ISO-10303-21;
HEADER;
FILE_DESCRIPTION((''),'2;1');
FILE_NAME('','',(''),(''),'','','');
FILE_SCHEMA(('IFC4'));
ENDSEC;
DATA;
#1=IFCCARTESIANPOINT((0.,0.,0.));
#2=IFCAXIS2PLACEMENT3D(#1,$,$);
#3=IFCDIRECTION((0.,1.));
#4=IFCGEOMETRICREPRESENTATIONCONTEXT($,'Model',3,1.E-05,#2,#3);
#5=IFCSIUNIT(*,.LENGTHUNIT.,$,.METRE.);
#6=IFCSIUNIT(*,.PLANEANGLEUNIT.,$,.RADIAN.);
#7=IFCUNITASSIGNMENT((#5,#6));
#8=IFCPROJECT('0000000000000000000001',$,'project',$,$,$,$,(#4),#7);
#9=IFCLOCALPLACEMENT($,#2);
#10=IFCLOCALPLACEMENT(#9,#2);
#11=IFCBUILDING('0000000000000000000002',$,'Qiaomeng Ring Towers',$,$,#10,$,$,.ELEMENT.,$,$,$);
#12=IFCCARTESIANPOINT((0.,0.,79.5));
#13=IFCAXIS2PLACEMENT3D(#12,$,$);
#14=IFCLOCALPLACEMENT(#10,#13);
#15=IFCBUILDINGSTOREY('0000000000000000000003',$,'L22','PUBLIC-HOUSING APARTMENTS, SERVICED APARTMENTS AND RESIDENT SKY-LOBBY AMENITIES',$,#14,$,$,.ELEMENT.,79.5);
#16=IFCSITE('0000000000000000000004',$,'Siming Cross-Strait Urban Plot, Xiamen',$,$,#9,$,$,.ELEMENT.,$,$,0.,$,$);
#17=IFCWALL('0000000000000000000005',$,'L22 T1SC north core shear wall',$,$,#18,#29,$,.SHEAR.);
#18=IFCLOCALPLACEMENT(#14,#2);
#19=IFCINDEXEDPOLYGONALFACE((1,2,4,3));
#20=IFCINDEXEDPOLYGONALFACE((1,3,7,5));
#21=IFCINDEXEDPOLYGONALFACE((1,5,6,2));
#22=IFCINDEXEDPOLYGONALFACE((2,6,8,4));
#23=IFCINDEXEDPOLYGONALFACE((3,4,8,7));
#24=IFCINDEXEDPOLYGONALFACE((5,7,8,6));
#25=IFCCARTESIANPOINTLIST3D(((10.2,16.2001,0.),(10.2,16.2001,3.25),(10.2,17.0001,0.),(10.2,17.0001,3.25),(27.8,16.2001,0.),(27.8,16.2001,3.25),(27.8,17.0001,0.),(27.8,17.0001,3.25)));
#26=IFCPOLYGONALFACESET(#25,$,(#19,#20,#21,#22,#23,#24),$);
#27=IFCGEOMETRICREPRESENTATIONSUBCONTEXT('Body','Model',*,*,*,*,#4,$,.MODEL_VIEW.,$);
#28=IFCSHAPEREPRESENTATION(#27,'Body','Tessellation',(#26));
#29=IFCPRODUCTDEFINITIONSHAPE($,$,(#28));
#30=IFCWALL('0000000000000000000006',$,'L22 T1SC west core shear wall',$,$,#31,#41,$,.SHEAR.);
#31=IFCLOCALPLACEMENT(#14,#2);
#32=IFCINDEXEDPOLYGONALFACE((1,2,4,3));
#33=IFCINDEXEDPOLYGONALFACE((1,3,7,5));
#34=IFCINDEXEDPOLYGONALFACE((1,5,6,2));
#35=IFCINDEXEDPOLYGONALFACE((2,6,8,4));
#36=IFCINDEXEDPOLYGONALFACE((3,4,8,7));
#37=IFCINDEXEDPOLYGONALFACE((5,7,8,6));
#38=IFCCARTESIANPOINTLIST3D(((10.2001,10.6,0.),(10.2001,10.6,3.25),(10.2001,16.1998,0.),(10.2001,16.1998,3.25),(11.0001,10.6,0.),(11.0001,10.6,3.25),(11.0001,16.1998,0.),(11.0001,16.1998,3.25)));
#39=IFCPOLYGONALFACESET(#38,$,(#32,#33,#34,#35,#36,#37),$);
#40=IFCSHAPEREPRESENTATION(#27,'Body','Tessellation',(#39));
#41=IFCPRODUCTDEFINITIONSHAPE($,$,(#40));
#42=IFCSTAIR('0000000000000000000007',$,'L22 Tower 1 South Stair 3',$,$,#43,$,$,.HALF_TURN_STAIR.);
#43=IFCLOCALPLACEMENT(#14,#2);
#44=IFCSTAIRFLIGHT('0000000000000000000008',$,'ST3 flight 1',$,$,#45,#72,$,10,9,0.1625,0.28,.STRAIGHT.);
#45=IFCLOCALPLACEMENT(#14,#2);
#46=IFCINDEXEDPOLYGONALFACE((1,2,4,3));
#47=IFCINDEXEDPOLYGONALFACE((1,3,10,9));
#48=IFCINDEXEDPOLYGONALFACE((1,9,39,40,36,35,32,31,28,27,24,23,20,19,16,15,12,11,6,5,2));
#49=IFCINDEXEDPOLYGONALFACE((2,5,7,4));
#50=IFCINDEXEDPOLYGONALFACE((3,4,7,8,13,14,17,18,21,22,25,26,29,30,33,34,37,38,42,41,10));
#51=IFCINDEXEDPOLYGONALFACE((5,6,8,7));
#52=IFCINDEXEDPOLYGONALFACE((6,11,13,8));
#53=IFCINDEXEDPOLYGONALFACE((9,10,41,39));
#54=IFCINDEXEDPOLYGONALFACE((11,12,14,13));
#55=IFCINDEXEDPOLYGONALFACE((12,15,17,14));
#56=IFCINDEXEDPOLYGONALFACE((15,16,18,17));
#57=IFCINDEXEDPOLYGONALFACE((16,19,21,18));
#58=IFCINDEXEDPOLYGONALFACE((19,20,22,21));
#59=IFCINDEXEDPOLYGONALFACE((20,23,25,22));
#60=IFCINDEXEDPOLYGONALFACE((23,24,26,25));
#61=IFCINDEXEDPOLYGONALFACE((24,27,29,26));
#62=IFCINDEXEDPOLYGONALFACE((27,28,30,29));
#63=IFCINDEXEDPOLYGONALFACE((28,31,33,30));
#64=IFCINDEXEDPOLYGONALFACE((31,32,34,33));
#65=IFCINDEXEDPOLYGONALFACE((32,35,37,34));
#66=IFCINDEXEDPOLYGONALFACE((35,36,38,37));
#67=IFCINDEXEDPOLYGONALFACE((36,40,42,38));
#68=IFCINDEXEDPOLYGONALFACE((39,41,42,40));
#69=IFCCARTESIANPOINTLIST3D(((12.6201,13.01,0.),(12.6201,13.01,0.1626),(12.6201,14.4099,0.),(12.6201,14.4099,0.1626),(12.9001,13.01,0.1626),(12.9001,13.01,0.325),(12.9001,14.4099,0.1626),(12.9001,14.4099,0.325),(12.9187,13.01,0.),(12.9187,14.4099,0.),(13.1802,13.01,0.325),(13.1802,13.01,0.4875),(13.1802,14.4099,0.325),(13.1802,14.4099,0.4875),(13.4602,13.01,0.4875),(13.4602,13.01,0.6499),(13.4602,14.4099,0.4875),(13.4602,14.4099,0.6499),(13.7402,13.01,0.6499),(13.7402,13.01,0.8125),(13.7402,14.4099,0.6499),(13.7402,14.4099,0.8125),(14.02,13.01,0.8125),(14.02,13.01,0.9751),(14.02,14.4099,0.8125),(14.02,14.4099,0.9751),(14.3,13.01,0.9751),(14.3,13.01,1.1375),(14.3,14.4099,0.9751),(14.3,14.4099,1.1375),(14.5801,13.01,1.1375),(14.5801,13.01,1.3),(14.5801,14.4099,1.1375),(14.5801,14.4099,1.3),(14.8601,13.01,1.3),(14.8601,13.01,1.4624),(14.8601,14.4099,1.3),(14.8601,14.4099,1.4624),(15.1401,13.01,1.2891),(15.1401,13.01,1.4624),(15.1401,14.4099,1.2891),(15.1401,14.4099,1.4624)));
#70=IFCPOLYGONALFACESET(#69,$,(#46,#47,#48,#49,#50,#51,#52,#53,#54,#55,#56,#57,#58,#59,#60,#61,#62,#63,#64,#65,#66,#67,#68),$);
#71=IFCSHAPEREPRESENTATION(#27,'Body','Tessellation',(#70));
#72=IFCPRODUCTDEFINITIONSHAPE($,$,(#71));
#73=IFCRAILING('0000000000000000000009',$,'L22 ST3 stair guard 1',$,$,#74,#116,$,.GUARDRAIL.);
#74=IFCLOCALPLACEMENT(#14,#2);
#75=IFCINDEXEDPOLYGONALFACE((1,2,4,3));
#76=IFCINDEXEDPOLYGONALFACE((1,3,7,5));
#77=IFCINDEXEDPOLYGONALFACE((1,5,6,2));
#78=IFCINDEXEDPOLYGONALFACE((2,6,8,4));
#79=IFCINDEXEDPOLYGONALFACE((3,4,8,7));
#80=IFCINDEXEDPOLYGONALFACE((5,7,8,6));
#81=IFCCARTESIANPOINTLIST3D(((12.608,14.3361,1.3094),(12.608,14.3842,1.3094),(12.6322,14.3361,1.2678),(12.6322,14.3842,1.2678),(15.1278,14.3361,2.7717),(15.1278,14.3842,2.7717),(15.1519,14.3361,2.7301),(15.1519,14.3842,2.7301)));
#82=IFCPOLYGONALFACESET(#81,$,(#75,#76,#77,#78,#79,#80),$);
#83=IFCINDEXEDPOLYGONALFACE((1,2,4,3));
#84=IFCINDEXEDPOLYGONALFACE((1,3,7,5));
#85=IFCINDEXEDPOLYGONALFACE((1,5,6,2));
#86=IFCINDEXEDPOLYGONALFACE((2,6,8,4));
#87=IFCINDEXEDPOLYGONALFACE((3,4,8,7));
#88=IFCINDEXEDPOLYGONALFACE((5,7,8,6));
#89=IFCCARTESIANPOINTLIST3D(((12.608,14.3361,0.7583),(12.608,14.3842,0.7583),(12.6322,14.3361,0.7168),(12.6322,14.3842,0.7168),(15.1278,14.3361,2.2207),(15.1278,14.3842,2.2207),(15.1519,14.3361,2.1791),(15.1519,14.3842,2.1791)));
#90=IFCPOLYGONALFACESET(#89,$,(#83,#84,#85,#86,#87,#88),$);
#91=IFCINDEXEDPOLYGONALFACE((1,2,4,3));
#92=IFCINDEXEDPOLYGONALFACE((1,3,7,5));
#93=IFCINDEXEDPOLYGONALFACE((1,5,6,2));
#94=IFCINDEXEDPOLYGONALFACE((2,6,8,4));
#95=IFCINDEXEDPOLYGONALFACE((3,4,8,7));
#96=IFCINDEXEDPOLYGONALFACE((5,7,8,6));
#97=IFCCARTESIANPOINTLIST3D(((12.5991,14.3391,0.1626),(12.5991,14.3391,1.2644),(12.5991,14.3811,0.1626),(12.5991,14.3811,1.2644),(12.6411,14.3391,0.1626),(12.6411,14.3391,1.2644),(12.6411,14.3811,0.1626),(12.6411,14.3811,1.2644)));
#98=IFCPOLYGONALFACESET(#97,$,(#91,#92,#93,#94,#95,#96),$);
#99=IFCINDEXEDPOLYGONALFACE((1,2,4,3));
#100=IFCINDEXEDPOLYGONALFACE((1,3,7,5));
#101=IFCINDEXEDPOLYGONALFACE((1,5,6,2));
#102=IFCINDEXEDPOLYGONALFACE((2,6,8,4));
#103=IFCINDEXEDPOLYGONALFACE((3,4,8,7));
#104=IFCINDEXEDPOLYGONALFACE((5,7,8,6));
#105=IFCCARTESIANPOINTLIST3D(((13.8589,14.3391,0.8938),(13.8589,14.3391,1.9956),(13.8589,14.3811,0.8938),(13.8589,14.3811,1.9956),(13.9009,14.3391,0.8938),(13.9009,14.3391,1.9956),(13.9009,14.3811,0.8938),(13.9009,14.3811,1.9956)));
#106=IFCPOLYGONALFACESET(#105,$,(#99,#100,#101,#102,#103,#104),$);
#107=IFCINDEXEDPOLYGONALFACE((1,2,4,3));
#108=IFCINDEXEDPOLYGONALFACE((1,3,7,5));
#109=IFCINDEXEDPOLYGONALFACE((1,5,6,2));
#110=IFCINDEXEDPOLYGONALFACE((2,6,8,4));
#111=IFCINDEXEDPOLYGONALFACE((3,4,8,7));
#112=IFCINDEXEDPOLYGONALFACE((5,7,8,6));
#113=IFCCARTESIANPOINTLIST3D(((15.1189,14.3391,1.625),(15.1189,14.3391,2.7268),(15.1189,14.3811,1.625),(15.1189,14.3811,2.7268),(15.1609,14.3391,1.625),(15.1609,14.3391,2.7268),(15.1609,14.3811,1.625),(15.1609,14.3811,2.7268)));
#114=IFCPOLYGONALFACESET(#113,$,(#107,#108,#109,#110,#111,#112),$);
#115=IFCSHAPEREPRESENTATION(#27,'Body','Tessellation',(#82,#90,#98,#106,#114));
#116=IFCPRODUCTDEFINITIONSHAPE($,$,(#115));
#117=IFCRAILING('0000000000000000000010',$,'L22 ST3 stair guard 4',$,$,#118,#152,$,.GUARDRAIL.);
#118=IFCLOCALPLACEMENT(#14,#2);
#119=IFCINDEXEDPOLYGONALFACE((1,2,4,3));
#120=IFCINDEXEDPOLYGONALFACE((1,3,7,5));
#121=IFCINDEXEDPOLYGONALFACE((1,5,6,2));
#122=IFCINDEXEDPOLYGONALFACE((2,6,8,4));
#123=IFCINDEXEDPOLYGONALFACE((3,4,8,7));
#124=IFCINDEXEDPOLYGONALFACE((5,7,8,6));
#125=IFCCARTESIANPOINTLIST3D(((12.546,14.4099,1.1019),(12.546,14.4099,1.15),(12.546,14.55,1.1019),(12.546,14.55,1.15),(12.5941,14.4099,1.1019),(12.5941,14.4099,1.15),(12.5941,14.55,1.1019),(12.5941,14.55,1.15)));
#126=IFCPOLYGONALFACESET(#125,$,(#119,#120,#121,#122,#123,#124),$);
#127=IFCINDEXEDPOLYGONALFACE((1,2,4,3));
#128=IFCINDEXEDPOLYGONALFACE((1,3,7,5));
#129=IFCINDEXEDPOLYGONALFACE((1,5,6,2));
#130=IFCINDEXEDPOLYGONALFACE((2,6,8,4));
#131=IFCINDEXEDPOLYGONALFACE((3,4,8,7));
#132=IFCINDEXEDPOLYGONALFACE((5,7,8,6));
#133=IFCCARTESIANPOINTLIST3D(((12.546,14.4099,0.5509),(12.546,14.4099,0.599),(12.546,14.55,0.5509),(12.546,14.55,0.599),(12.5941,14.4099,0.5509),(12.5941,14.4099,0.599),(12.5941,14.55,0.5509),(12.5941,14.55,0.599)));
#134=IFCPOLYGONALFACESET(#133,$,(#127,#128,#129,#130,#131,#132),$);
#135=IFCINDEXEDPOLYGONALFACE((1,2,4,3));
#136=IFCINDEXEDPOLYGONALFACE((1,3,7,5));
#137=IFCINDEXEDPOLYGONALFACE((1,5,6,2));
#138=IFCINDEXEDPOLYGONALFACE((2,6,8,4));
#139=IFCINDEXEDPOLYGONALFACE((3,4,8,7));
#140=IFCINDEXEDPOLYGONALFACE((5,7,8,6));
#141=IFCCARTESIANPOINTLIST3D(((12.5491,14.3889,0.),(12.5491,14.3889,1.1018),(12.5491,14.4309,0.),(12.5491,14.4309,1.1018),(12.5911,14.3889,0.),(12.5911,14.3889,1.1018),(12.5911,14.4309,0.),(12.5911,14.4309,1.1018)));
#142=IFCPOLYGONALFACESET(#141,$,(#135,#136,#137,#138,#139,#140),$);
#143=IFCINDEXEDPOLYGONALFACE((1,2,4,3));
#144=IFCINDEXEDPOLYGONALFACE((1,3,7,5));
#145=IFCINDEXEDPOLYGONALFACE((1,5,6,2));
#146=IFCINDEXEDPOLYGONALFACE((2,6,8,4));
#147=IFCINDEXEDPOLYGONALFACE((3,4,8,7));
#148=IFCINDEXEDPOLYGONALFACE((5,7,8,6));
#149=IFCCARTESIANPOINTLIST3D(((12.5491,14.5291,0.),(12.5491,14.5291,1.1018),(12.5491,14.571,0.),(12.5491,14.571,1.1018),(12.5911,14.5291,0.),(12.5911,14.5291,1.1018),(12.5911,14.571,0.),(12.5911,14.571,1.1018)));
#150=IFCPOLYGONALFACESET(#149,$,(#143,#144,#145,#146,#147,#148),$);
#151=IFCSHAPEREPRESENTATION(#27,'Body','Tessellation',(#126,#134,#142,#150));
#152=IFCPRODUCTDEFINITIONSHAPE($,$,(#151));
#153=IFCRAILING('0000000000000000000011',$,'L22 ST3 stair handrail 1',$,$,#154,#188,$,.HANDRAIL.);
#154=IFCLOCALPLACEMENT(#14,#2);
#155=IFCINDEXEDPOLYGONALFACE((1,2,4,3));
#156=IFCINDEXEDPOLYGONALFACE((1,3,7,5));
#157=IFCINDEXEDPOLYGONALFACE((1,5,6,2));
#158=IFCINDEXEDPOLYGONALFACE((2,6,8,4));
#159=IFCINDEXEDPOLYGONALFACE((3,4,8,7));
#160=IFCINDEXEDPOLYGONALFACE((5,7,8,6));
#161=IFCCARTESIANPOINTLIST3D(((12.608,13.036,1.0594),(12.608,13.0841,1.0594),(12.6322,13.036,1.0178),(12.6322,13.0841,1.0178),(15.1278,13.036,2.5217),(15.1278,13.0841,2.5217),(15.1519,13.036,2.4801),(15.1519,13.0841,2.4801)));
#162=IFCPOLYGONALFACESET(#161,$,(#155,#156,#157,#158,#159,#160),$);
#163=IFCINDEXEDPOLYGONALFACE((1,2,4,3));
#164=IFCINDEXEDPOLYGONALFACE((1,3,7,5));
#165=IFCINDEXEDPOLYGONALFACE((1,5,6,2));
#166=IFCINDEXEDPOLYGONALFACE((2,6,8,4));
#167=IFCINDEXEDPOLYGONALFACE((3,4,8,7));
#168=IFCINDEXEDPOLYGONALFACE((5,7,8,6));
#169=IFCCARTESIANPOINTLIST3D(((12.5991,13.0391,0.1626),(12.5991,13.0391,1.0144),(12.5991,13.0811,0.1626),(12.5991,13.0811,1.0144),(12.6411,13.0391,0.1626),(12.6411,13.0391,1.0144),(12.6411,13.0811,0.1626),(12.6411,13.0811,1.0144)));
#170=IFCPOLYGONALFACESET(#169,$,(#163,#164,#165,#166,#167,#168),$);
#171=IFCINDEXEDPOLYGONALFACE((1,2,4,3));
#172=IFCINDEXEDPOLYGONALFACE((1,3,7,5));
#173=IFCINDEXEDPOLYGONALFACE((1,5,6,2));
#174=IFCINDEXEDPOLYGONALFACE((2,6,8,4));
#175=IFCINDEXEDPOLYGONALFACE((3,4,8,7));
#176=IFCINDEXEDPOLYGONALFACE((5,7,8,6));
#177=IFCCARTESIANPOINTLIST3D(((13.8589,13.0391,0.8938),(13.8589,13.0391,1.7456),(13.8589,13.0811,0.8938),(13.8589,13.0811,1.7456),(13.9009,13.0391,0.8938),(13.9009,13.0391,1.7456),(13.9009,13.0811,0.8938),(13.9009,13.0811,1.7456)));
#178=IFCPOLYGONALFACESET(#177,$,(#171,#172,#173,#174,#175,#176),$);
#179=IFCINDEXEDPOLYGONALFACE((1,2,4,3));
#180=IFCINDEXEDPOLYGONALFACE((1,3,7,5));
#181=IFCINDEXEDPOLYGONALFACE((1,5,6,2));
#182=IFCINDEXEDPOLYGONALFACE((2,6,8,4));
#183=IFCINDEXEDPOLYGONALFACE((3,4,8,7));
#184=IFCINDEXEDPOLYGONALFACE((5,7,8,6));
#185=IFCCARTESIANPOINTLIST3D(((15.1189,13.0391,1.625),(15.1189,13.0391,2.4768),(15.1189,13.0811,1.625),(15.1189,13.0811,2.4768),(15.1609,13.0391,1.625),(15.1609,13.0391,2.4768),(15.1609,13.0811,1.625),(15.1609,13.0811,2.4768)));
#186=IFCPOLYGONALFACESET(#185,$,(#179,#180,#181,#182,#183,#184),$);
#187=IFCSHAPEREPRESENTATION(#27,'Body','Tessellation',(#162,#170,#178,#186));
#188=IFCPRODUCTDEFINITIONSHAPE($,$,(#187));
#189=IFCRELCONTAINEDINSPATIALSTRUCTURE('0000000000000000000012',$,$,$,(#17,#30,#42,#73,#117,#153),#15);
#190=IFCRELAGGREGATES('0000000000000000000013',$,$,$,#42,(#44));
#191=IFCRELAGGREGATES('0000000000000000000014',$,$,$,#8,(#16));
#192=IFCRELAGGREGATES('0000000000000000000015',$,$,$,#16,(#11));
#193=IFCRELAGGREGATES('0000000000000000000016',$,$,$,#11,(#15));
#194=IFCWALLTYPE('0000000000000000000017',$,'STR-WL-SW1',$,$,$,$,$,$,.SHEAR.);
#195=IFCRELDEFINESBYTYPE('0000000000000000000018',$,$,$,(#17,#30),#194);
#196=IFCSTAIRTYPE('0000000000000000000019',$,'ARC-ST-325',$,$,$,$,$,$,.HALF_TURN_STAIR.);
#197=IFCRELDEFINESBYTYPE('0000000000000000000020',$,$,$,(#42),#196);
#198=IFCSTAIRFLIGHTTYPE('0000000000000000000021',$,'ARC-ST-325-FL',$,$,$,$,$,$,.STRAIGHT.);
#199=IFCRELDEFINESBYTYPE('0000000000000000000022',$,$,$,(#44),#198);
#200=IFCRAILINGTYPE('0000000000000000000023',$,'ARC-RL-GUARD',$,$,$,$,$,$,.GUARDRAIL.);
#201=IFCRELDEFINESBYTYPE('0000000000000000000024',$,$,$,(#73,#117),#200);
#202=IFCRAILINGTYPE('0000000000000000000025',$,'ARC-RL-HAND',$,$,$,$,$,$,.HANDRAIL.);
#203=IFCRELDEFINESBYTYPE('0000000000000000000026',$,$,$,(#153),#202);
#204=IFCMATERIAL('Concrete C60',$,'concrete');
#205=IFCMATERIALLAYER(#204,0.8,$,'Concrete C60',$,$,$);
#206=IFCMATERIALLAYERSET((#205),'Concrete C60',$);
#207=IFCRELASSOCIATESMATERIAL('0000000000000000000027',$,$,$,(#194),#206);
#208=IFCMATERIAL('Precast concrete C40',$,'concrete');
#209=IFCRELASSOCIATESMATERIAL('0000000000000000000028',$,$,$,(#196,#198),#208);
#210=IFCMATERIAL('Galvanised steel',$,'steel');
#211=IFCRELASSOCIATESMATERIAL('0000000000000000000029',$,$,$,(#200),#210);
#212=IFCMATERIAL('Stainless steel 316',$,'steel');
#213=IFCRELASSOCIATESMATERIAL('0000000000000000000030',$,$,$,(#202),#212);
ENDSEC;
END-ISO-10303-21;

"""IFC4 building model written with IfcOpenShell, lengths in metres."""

from ifc_helpers import new_model, si_unit, direction, frame, frame_2d, origin, origin_2d, place, context, subcontext, project, spatial, polyline, rectangle, outline, extrude, source, transform, mapped, material, layer, layer_set, type_object, element, aggregate, save


model = new_model("IFC4")

# Units and contexts
model_context = context("Model", 3, precision=1e-05, world=origin(), true_north=direction((0.0, 1.0)))
body_context = subcontext(model_context, "Body", "Model", "MODEL_VIEW")
ifc_project = project(units=[si_unit("LENGTHUNIT", "METRE"), si_unit("PLANEANGLEUNIT", "RADIAN")], contexts=[model_context])

# Site, building, storey
site_placement = place(None, origin())
site = spatial("IfcSite", under=ifc_project, at=site_placement, Name="Siming Cross-Strait Urban Plot, Xiamen", CompositionType="ELEMENT", RefElevation=0.0)
building_placement = place(site_placement, origin())
building = spatial("IfcBuilding", under=site, at=building_placement, Name="Qiaomeng Ring Towers", CompositionType="ELEMENT")
storey_placement = place(building_placement, frame((0.0, 0.0, 79.5)))
storey = spatial("IfcBuildingStorey", under=building, at=storey_placement, Name="L22", Description="PUBLIC-HOUSING APARTMENTS, SERVICED APARTMENTS AND RESIDENT SKY-LOBBY AMENITIES", CompositionType="ELEMENT", Elevation=79.5)

# Shared definitions
ifc_material_1 = material(Name="Galvanised steel", Category="steel")

# Shared definitions
ifc_material_2 = material(Name="Concrete C60", Category="concrete")
ifc_layer_1 = layer(ifc_material_2, 0.8, Name="Concrete C60")
ifc_layer_set_1 = layer_set([ifc_layer_1], Name="Concrete C60")
wall_type_1 = type_object("IfcWallType", Name="STR-WL-SW1", PredefinedType="SHEAR", material=ifc_layer_set_1)
ifc_material_3 = material(Name="Stainless steel 316", Category="steel")

# Walls
wall_1_placement = place(storey_placement, frame((10.2, 16.6001, 0.0), z_axis=(0.0, 0.0, 1.0), x_axis=(1.0, 0.0, 0.0)))
element("IfcWall", 1, at=wall_1_placement, inside=storey, type_object=wall_type_1, Name="L22 T1SC north core shear wall", PredefinedType="SHEAR", context=body_context, shape_type="SweptSolid", body=[
    extrude(rectangle(XDim=17.6001, YDim=0.8, at=frame_2d((8.8, 0.0))), origin(), (0.0, 0.0, 1.0), 3.25),
])
wall_2_placement = place(storey_placement, frame((10.6001, 10.6001, 0.0), z_axis=(0.0, 0.0, 1.0), x_axis=(0.0, 1.0, 0.0)))
element("IfcWall", 2, at=wall_2_placement, inside=storey, type_object=wall_type_1, Name="L22 T1SC west core shear wall", PredefinedType="SHEAR", context=body_context, shape_type="SweptSolid", body=[
    extrude(rectangle(XDim=5.5999, YDim=0.8, at=frame_2d((2.7998, 0.0))), origin(), (0.0, 0.0, 1.0), 3.25),
])

# Stair, stair flight
ifc_material_4 = material(Name="Precast concrete C40", Category="concrete")
stair_type = type_object("IfcStairType", Name="ARC-ST-325", PredefinedType="HALF_TURN_STAIR", material=ifc_material_4)
stair_placement = place(storey_placement, origin())
stair = element("IfcStair", 3, at=stair_placement, inside=storey, type_object=stair_type, Name="L22 Tower 1 South Stair 3", PredefinedType="HALF_TURN_STAIR")
stair_flight_type = type_object("IfcStairFlightType", Name="ARC-ST-325-FL", PredefinedType="STRAIGHT", material=ifc_material_4)
shared_shape_1 = source(origin(), body_context, "Body", "SweptSolid", [
    extrude(outline(polyline([(0.0, 0.0), (0.0, 0.1626), (0.28, 0.1626), (0.28, 0.325), (0.5601, 0.325), (0.5601, 0.4875), (0.8401, 0.4875), (0.8401, 0.6499), (1.1201, 0.6499), (1.1201, 0.8125), (1.3999, 0.8125), (1.3999, 0.9751), (1.6799, 0.9751), (1.6799, 1.1375), (1.96, 1.1375), (1.96, 1.3), (2.24, 1.3), (2.24, 1.4624), (2.52, 1.4624), (2.52, 1.625), (2.52, 1.2891), (0.2986, 0.0), (0.0, 0.0)])), frame((0.0, 0.7, 0.0), z_axis=(0.0, -1.0, 0.0), x_axis=(1.0, 0.0, 0.0)), (0.0, 0.0, 1.0), 1.3999),
])
stair_flight_placement = place(storey_placement, frame((12.6201, 13.71, 0.0), z_axis=(0.0, 0.0, 1.0), x_axis=(1.0, 0.0, 0.0)))
stair_flight = element("IfcStairFlight", 4, at=stair_flight_placement, type_object=stair_flight_type, Name="ST3 flight 1", NumberOfRisers=10, NumberOfTreads=9, PredefinedType="STRAIGHT", RiserHeight=0.1625, TreadLength=0.28, context=body_context, shape_type="MappedRepresentation", body=[
    mapped(shared_shape_1, transform((0.0, 0.0, 0.0), x_axis=(1.0, 0.0, 0.0), y_axis=(0.0, 1.0, 0.0), z_axis=(0.0, 0.0, 1.0), scale=1.0)),
])
aggregate(stair, [stair_flight])

# Railings
railing_type_1 = type_object("IfcRailingType", Name="ARC-RL-GUARD", PredefinedType="GUARDRAIL", material=ifc_material_1)
railing_1_placement = place(storey_placement, frame((12.6201, 14.3601, 0.1626)))
element("IfcRailing", 5, at=railing_1_placement, inside=storey, type_object=railing_type_1, Name="L22 ST3 stair guard 1", PredefinedType="GUARDRAIL", context=body_context, shape_type="SweptSolid", body=[
    extrude(rectangle(XDim=0.0481, YDim=0.0481, at=origin_2d()), frame((0.0, 0.0, 1.126), z_axis=(0.864892, 0.0, 0.501958), x_axis=(0.0, 1.0, 0.0)), (0.0, 0.0, 1.0), 2.9133),
    extrude(rectangle(XDim=0.0481, YDim=0.0481, at=origin_2d()), frame((0.0, 0.0, 0.575), z_axis=(0.864892, 0.0, 0.501958), x_axis=(0.0, 1.0, 0.0)), (0.0, 0.0, 1.0), 2.9133),
    extrude(rectangle(XDim=0.042, YDim=0.042, at=origin_2d()), origin(), (0.0, 0.0, 1.0), 1.1018),
    extrude(rectangle(XDim=0.042, YDim=0.042, at=origin_2d()), frame((1.2598, 0.0, 0.7312)), (0.0, 0.0, 1.0), 1.1018),
    extrude(rectangle(XDim=0.042, YDim=0.042, at=origin_2d()), frame((2.5198, 0.0, 1.4624)), (0.0, 0.0, 1.0), 1.1018),
])
railing_2_placement = place(storey_placement, frame((12.5701, 14.4099, 0.0)))
element("IfcRailing", 6, at=railing_2_placement, inside=storey, type_object=railing_type_1, Name="L22 ST3 stair guard 4", PredefinedType="GUARDRAIL", context=body_context, shape_type="SweptSolid", body=[
    extrude(rectangle(XDim=0.0481, YDim=0.0481, at=origin_2d()), frame((0.0, 0.0, 1.126), z_axis=(0.0, 1.0, 0.0), x_axis=(-1.0, 0.0, 0.0)), (0.0, 0.0, 1.0), 0.1401),
    extrude(rectangle(XDim=0.0481, YDim=0.0481, at=origin_2d()), frame((0.0, 0.0, 0.575), z_axis=(0.0, 1.0, 0.0), x_axis=(-1.0, 0.0, 0.0)), (0.0, 0.0, 1.0), 0.1401),
    extrude(rectangle(XDim=0.042, YDim=0.042, at=origin_2d()), origin(), (0.0, 0.0, 1.0), 1.1018),
    extrude(rectangle(XDim=0.042, YDim=0.042, at=origin_2d()), frame((0.0, 0.1401, 0.0)), (0.0, 0.0, 1.0), 1.1018),
])
railing_type_2 = type_object("IfcRailingType", Name="ARC-RL-HAND", PredefinedType="HANDRAIL", material=ifc_material_3)
railing_3_placement = place(storey_placement, frame((12.6201, 13.0601, 0.1626)))
element("IfcRailing", 7, at=railing_3_placement, inside=storey, type_object=railing_type_2, Name="L22 ST3 stair handrail 1", PredefinedType="HANDRAIL", context=body_context, shape_type="SweptSolid", body=[
    extrude(rectangle(XDim=0.0481, YDim=0.0481, at=origin_2d()), frame((0.0, 0.0, 0.876), z_axis=(0.864892, 0.0, 0.501958), x_axis=(0.0, 1.0, 0.0)), (0.0, 0.0, 1.0), 2.9133),
    extrude(rectangle(XDim=0.042, YDim=0.042, at=origin_2d()), origin(), (0.0, 0.0, 1.0), 0.8518),
    extrude(rectangle(XDim=0.042, YDim=0.042, at=origin_2d()), frame((1.2598, 0.0, 0.7312)), (0.0, 0.0, 1.0), 0.8518),
    extrude(rectangle(XDim=0.042, YDim=0.042, at=origin_2d()), frame((2.5198, 0.0, 1.4624)), (0.0, 0.0, 1.0), 0.8518),
])

save(model, "model.ifc")
